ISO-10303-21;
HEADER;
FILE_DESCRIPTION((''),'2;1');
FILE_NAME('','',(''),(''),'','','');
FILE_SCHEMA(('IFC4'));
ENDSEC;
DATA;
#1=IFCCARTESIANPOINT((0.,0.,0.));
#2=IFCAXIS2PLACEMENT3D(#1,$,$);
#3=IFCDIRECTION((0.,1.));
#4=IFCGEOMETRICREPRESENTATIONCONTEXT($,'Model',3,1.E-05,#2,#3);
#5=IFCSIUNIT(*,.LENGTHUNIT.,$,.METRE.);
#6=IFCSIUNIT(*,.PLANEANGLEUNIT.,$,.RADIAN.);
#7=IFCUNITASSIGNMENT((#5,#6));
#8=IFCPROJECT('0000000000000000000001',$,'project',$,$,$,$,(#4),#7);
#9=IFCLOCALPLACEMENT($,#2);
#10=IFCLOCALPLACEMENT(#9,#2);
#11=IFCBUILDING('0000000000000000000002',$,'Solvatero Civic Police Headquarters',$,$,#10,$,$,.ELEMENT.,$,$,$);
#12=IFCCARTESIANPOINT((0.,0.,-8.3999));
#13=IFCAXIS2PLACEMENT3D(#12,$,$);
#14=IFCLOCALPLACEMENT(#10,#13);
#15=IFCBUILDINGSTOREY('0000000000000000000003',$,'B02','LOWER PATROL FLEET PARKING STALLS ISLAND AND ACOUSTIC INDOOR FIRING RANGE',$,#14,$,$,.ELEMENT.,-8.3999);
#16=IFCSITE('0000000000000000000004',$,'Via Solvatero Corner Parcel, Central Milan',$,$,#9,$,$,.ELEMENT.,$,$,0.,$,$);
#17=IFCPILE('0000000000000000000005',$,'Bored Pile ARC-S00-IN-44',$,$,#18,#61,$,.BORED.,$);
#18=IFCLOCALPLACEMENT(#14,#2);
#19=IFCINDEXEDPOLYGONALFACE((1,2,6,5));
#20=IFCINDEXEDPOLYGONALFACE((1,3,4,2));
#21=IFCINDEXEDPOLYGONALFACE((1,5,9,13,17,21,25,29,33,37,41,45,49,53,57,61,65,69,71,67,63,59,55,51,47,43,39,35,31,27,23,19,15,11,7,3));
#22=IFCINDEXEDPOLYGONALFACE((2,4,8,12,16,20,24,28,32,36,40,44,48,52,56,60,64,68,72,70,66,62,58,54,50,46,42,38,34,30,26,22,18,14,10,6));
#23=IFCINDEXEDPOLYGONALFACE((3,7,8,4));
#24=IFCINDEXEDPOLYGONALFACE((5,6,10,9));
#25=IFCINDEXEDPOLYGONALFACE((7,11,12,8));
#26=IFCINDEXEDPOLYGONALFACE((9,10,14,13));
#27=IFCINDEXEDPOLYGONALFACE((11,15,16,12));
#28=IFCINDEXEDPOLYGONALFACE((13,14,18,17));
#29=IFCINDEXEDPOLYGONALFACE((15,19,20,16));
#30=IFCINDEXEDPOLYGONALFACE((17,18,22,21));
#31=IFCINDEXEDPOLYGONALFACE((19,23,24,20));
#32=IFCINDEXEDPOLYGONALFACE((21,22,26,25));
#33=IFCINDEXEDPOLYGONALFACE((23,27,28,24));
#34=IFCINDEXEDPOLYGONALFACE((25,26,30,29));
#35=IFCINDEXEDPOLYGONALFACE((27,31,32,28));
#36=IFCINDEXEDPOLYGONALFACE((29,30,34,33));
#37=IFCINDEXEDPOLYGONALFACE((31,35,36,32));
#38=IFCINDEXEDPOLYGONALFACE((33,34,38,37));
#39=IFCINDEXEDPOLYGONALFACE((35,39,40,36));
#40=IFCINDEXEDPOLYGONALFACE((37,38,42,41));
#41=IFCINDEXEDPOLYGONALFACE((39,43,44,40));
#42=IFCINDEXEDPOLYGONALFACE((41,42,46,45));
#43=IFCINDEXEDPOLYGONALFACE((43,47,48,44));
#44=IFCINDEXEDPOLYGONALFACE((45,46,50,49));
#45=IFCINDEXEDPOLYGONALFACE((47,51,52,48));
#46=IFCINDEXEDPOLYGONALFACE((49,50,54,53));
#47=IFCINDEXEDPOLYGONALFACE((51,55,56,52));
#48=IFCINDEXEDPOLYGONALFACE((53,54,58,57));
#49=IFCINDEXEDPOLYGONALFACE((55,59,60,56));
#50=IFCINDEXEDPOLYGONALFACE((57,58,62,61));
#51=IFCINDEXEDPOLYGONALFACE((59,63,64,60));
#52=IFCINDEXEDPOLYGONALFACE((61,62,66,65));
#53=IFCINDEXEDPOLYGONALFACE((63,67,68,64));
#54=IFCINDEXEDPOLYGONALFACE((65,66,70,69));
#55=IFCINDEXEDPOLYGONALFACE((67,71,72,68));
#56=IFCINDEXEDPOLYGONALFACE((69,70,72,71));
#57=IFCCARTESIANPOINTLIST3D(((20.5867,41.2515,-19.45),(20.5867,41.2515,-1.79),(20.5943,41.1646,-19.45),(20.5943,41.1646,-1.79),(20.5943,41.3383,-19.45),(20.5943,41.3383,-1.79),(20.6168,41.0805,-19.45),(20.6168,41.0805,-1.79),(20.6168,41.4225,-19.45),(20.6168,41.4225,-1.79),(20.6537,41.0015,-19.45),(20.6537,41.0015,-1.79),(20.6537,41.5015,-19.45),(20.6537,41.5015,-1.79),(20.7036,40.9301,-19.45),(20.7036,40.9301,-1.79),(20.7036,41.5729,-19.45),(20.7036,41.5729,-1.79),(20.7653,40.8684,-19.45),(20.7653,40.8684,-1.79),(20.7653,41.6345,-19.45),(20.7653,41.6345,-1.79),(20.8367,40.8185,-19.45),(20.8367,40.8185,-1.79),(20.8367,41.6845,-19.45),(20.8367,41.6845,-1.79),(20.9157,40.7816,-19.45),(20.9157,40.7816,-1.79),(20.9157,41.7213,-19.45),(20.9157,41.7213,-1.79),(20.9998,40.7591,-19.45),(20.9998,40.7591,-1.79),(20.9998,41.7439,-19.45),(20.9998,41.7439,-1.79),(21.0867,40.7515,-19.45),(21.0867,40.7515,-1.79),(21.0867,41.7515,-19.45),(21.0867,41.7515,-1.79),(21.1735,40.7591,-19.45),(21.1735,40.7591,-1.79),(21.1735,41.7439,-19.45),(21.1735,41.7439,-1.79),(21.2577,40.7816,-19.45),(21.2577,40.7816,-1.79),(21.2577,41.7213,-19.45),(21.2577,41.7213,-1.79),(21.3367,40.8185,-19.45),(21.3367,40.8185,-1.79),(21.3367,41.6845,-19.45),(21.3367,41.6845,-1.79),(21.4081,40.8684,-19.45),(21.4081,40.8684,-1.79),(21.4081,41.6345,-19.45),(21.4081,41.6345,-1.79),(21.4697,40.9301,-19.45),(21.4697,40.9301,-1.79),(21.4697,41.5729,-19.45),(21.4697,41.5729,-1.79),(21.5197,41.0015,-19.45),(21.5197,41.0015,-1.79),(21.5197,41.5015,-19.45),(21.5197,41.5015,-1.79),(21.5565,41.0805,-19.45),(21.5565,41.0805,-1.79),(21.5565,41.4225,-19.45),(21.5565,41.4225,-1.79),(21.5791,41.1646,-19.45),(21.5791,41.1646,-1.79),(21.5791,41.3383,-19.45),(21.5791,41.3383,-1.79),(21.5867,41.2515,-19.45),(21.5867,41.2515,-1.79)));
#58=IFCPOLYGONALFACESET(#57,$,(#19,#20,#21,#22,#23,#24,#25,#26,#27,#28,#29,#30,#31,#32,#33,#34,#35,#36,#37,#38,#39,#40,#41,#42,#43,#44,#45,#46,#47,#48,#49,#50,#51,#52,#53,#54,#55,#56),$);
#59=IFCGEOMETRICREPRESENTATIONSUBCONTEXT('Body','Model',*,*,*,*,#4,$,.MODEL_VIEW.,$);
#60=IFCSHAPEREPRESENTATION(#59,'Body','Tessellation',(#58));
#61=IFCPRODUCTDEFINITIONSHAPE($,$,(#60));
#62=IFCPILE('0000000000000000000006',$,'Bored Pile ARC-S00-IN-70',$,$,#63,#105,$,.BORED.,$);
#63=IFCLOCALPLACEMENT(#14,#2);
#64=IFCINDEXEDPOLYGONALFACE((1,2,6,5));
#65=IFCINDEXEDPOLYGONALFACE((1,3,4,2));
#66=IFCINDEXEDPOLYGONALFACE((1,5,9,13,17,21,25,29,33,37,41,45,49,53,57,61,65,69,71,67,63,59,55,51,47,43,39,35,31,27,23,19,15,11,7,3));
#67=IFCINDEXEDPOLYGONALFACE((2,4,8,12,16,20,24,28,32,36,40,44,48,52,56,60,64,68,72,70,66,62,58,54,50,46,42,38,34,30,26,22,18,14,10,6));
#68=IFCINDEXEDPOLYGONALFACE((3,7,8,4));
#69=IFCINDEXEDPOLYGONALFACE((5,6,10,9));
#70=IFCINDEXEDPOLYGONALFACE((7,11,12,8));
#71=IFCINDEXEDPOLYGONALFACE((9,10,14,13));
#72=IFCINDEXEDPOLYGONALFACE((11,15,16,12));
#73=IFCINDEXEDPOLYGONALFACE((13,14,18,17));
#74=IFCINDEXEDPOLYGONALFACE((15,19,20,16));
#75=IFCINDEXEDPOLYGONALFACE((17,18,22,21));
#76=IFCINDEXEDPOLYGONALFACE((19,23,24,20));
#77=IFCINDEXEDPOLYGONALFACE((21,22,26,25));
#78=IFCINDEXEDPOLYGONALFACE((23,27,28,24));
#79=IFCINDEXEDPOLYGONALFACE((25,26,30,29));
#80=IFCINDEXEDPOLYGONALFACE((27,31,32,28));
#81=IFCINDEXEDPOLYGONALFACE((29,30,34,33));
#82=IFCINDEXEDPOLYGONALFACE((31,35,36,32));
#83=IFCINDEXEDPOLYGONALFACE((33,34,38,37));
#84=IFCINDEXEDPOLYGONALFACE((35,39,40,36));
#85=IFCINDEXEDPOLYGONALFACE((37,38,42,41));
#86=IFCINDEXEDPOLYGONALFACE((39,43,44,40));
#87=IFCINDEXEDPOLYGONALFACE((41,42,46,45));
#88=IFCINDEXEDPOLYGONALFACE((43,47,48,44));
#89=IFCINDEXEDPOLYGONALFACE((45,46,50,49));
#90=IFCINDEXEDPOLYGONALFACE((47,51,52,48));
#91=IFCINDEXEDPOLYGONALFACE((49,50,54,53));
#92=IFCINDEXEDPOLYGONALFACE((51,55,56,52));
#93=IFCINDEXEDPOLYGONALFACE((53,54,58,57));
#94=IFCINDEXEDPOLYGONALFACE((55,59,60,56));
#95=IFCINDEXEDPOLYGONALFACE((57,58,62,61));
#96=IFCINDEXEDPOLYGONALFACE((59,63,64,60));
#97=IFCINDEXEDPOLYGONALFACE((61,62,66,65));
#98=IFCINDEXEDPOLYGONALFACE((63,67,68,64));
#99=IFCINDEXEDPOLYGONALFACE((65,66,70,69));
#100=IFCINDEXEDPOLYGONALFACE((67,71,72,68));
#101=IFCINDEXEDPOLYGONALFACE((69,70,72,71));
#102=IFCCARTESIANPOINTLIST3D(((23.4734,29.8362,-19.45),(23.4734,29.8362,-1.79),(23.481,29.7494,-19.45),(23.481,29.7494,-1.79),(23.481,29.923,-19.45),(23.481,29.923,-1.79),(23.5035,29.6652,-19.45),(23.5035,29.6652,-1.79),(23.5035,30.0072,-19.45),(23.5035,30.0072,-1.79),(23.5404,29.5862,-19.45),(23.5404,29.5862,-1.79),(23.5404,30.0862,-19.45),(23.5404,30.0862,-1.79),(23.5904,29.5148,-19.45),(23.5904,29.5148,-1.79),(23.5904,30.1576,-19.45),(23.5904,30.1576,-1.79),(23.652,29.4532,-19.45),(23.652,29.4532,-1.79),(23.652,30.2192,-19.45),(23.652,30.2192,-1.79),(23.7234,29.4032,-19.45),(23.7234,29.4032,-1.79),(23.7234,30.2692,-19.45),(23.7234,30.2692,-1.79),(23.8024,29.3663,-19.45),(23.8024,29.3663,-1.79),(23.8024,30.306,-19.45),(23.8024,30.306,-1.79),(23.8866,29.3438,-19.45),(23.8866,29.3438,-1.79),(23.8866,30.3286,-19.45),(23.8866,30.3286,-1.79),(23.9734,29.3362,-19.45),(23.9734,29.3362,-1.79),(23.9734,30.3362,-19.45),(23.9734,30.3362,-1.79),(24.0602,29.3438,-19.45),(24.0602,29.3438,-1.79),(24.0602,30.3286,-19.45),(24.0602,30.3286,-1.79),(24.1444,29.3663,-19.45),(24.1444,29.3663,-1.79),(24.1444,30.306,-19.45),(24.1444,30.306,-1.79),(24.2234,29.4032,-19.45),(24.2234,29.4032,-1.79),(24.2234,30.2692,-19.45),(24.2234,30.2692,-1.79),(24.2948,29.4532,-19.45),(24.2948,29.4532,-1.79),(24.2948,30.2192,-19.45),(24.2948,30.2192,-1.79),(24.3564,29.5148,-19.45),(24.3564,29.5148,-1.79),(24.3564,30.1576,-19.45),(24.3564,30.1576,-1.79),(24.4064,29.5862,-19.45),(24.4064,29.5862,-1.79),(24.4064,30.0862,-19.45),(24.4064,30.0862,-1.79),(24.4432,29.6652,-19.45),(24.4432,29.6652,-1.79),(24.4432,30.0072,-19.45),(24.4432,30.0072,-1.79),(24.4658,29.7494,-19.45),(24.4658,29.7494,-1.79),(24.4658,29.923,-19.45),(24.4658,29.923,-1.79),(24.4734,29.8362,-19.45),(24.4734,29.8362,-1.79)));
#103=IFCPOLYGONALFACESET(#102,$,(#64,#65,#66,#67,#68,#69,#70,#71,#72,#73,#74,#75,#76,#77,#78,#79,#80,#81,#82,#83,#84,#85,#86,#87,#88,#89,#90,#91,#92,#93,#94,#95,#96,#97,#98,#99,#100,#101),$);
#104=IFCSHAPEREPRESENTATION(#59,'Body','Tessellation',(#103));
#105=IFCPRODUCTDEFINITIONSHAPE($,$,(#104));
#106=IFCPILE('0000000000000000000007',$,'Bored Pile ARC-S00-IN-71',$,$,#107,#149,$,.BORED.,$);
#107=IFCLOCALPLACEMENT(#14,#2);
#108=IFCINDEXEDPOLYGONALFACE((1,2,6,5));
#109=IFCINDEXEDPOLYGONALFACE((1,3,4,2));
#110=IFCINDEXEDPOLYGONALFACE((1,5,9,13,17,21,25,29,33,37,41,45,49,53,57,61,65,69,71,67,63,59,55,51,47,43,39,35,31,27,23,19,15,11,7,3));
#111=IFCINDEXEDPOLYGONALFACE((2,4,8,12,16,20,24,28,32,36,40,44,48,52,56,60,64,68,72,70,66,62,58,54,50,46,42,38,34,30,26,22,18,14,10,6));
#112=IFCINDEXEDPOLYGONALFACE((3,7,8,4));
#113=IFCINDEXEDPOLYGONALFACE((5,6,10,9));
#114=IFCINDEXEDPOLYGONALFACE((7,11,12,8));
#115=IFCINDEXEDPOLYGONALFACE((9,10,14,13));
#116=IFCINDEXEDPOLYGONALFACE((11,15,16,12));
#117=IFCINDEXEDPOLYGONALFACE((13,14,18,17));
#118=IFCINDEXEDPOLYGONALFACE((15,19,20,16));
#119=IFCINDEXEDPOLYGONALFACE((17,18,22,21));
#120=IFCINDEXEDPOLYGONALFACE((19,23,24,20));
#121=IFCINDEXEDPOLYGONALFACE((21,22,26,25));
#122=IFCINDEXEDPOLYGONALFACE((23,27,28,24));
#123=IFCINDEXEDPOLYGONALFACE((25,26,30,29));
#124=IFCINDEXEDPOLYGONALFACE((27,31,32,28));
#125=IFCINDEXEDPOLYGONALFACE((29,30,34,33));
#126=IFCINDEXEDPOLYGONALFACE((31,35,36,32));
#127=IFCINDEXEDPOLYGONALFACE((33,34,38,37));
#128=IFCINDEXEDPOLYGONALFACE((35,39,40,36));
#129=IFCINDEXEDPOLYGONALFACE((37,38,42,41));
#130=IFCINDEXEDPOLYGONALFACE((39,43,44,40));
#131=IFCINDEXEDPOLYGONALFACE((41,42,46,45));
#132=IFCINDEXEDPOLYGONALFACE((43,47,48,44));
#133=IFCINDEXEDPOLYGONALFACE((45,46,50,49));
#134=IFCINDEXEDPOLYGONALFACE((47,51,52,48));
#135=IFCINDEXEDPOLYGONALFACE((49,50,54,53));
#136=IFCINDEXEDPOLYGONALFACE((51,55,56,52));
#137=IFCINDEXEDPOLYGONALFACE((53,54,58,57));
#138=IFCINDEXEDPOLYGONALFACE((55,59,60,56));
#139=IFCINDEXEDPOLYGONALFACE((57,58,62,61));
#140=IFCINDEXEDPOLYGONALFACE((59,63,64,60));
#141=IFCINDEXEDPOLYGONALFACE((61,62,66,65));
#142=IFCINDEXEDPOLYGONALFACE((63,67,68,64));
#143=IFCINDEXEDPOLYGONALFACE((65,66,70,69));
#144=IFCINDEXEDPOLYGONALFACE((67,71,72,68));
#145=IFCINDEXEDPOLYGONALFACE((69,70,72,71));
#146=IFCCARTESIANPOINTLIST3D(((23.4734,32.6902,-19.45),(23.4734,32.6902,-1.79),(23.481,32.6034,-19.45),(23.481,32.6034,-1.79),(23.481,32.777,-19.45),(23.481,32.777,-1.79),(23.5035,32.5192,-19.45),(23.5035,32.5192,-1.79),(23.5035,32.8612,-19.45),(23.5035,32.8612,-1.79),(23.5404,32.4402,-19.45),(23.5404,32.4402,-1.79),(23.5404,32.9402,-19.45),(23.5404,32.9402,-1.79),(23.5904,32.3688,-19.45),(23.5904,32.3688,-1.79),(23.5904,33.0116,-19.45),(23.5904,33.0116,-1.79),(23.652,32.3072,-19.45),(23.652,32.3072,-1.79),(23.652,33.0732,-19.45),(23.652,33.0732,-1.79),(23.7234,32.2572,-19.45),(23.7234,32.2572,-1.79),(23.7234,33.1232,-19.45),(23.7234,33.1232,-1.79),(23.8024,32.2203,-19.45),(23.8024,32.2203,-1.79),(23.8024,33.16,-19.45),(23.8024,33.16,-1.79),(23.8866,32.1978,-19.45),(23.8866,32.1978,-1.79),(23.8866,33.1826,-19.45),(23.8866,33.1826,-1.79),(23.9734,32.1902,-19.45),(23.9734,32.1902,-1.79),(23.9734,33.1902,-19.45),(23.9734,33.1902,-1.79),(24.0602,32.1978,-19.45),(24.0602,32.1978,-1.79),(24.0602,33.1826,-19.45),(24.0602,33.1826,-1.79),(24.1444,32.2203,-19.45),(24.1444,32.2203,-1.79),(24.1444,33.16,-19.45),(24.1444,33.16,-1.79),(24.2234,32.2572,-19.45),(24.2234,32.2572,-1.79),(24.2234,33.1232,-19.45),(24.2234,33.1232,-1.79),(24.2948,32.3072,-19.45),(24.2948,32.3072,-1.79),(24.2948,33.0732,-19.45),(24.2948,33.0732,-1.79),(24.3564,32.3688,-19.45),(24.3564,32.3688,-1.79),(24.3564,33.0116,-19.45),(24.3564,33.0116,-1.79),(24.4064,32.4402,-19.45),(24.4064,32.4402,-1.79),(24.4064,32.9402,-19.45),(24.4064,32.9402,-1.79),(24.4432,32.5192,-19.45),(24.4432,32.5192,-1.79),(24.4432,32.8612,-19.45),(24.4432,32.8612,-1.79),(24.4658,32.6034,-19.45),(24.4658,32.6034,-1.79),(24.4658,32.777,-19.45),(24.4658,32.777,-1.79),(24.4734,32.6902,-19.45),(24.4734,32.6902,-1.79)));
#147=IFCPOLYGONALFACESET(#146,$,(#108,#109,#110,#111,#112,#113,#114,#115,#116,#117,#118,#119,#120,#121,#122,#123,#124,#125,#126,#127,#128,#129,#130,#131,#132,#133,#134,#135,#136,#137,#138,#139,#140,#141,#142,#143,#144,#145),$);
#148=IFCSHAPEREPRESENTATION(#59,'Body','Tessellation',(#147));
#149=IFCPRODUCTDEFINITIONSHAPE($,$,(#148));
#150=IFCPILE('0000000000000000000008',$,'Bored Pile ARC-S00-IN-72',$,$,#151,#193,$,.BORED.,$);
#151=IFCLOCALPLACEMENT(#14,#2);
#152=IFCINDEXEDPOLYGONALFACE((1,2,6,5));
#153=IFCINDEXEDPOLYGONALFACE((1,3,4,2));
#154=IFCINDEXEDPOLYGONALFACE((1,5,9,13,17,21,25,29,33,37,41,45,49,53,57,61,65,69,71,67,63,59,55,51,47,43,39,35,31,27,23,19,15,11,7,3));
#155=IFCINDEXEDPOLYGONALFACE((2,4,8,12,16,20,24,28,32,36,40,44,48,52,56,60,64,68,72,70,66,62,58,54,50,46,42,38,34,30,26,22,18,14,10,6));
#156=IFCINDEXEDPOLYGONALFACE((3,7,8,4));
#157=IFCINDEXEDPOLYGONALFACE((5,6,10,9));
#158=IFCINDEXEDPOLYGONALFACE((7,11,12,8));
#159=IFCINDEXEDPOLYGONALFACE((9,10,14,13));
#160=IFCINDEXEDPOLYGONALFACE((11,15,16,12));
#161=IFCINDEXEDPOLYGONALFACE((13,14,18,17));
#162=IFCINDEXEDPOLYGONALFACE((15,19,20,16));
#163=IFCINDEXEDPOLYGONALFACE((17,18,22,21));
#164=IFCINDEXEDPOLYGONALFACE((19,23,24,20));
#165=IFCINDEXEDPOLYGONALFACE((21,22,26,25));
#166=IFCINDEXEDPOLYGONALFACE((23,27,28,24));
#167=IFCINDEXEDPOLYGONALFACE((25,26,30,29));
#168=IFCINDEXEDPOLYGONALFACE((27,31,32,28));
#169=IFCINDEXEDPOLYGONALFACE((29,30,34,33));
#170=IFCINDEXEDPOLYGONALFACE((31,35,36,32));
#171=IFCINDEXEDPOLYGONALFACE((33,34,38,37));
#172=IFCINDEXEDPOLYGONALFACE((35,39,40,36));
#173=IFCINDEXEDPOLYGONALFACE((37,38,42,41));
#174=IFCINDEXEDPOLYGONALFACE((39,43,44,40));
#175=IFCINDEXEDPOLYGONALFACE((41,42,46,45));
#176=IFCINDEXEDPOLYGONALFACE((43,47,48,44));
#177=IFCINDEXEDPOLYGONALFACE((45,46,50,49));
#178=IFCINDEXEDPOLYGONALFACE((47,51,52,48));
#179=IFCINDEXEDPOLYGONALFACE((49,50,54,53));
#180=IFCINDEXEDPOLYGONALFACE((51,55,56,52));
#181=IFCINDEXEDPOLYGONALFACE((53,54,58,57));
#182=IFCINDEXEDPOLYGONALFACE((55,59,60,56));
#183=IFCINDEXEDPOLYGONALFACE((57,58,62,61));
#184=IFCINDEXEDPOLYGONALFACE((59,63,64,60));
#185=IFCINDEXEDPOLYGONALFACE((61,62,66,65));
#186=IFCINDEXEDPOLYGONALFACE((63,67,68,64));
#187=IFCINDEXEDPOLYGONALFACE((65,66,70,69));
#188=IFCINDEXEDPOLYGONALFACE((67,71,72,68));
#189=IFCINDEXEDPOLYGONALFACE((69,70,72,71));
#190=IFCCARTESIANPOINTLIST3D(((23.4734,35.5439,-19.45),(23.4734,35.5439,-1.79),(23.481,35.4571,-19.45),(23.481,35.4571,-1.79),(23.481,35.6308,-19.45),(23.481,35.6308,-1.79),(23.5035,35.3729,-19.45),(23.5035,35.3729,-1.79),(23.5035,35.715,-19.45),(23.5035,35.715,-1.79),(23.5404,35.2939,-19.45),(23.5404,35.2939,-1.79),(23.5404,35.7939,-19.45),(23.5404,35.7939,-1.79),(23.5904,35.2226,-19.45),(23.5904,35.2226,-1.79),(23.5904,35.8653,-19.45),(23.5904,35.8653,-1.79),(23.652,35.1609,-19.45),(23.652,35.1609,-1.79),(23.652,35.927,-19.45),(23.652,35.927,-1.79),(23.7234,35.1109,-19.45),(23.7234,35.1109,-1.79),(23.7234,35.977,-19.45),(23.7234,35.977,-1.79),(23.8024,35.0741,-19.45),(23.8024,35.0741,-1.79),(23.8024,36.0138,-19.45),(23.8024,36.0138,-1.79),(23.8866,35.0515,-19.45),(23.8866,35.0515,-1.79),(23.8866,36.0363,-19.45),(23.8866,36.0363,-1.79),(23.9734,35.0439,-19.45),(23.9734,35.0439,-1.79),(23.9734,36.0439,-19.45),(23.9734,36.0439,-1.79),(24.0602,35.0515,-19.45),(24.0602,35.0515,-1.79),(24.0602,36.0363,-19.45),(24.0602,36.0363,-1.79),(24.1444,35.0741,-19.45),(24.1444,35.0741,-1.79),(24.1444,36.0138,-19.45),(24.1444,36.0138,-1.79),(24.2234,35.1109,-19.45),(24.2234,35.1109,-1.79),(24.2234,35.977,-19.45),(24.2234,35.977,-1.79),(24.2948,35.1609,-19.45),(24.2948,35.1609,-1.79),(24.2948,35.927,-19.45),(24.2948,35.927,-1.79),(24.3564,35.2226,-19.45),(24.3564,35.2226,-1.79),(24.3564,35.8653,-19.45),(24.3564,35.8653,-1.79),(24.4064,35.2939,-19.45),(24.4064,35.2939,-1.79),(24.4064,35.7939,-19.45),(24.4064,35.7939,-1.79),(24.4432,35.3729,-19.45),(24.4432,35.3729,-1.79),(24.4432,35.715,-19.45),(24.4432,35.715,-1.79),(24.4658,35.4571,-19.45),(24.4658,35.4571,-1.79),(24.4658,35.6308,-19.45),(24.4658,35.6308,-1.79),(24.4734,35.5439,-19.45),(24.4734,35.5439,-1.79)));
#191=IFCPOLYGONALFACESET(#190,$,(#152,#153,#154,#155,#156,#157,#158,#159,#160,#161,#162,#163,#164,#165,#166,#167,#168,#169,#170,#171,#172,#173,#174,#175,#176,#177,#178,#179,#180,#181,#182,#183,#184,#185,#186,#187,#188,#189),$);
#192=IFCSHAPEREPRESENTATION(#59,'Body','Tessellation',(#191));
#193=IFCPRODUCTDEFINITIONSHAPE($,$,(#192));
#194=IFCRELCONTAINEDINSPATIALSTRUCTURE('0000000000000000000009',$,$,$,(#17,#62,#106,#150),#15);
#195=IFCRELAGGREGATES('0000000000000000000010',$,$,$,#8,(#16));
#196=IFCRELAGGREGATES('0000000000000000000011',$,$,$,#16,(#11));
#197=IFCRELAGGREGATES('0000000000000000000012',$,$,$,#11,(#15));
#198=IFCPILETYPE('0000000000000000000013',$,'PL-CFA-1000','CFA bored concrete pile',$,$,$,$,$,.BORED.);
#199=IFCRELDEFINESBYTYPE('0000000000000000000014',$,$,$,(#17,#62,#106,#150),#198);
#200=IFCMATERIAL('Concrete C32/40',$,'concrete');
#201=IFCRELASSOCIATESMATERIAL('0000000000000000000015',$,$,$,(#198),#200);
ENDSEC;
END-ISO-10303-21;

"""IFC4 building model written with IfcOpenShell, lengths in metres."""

from ifc_helpers import new_model, si_unit, direction, frame, origin, origin_2d, place, context, subcontext, project, spatial, circle, extrude, material, material_profile, profile_set, type_object, element, save


model = new_model("IFC4")

# Units and contexts
model_context = context("Model", 3, precision=1e-05, world=origin(), true_north=direction((0.0, 1.0)))
body_context = subcontext(model_context, "Body", "Model", "MODEL_VIEW")
ifc_project = project(units=[si_unit("LENGTHUNIT", "METRE"), si_unit("PLANEANGLEUNIT", "RADIAN")], contexts=[model_context])

# Site, building, storey
site_placement = place(None, origin())
site = spatial("IfcSite", under=ifc_project, at=site_placement, Name="Via Solvatero Corner Parcel, Central Milan", CompositionType="ELEMENT", RefElevation=0.0)
building_placement = place(site_placement, origin())
building = spatial("IfcBuilding", under=site, at=building_placement, Name="Solvatero Civic Police Headquarters", CompositionType="ELEMENT")
storey_placement = place(building_placement, frame((0.0, 0.0, -8.3999)))
storey = spatial("IfcBuildingStorey", under=building, at=storey_placement, Name="B02", Description="LOWER PATROL FLEET PARKING STALLS ISLAND AND ACOUSTIC INDOOR FIRING RANGE", CompositionType="ELEMENT", Elevation=-8.3999)

# Piles
ifc_material_1 = material(Name="Concrete C32/40", Category="concrete")
ifc_material_profile_1 = material_profile(ifc_material_1, circle(Radius=0.5, at=origin_2d()), Name="CFA PILE D1000")
ifc_profile_set_1 = profile_set([ifc_material_profile_1], Name="Concrete C32/40")
pile_type = type_object("IfcPileType", Name="PL-CFA-1000", Description="CFA bored concrete pile", PredefinedType="BORED", material=ifc_profile_set_1)
for number, where, z_axis, x_axis, name in (
    (1, (21.0867, 41.2515, -1.79), (0.0, 0.0, -1.0), (1.0, 0.0, 0.0), "Bored Pile ARC-S00-IN-44"),
    (2, (23.9734, 29.8362, -1.79), (0.0, 0.0, -1.0), (1.0, 0.0, 0.0), "Bored Pile ARC-S00-IN-70"),
    (3, (23.9734, 32.6902, -1.79), (0.0, 0.0, -1.0), (1.0, 0.0, 0.0), "Bored Pile ARC-S00-IN-71"),
    (4, (23.9734, 35.5439, -1.79), (0.0, 0.0, -1.0), (1.0, 0.0, 0.0), "Bored Pile ARC-S00-IN-72"),
):
    element("IfcPile", number, at=place(storey_placement, frame(where, z_axis=z_axis, x_axis=x_axis)), inside=storey, type_object=pile_type, Name=name, PredefinedType="BORED", context=body_context, shape_type="SweptSolid", body=[
        extrude(circle(Radius=0.5, at=origin_2d()), origin(), (0.0, 0.0, 1.0), 17.6599),
    ])

save(model, "model.ifc")
